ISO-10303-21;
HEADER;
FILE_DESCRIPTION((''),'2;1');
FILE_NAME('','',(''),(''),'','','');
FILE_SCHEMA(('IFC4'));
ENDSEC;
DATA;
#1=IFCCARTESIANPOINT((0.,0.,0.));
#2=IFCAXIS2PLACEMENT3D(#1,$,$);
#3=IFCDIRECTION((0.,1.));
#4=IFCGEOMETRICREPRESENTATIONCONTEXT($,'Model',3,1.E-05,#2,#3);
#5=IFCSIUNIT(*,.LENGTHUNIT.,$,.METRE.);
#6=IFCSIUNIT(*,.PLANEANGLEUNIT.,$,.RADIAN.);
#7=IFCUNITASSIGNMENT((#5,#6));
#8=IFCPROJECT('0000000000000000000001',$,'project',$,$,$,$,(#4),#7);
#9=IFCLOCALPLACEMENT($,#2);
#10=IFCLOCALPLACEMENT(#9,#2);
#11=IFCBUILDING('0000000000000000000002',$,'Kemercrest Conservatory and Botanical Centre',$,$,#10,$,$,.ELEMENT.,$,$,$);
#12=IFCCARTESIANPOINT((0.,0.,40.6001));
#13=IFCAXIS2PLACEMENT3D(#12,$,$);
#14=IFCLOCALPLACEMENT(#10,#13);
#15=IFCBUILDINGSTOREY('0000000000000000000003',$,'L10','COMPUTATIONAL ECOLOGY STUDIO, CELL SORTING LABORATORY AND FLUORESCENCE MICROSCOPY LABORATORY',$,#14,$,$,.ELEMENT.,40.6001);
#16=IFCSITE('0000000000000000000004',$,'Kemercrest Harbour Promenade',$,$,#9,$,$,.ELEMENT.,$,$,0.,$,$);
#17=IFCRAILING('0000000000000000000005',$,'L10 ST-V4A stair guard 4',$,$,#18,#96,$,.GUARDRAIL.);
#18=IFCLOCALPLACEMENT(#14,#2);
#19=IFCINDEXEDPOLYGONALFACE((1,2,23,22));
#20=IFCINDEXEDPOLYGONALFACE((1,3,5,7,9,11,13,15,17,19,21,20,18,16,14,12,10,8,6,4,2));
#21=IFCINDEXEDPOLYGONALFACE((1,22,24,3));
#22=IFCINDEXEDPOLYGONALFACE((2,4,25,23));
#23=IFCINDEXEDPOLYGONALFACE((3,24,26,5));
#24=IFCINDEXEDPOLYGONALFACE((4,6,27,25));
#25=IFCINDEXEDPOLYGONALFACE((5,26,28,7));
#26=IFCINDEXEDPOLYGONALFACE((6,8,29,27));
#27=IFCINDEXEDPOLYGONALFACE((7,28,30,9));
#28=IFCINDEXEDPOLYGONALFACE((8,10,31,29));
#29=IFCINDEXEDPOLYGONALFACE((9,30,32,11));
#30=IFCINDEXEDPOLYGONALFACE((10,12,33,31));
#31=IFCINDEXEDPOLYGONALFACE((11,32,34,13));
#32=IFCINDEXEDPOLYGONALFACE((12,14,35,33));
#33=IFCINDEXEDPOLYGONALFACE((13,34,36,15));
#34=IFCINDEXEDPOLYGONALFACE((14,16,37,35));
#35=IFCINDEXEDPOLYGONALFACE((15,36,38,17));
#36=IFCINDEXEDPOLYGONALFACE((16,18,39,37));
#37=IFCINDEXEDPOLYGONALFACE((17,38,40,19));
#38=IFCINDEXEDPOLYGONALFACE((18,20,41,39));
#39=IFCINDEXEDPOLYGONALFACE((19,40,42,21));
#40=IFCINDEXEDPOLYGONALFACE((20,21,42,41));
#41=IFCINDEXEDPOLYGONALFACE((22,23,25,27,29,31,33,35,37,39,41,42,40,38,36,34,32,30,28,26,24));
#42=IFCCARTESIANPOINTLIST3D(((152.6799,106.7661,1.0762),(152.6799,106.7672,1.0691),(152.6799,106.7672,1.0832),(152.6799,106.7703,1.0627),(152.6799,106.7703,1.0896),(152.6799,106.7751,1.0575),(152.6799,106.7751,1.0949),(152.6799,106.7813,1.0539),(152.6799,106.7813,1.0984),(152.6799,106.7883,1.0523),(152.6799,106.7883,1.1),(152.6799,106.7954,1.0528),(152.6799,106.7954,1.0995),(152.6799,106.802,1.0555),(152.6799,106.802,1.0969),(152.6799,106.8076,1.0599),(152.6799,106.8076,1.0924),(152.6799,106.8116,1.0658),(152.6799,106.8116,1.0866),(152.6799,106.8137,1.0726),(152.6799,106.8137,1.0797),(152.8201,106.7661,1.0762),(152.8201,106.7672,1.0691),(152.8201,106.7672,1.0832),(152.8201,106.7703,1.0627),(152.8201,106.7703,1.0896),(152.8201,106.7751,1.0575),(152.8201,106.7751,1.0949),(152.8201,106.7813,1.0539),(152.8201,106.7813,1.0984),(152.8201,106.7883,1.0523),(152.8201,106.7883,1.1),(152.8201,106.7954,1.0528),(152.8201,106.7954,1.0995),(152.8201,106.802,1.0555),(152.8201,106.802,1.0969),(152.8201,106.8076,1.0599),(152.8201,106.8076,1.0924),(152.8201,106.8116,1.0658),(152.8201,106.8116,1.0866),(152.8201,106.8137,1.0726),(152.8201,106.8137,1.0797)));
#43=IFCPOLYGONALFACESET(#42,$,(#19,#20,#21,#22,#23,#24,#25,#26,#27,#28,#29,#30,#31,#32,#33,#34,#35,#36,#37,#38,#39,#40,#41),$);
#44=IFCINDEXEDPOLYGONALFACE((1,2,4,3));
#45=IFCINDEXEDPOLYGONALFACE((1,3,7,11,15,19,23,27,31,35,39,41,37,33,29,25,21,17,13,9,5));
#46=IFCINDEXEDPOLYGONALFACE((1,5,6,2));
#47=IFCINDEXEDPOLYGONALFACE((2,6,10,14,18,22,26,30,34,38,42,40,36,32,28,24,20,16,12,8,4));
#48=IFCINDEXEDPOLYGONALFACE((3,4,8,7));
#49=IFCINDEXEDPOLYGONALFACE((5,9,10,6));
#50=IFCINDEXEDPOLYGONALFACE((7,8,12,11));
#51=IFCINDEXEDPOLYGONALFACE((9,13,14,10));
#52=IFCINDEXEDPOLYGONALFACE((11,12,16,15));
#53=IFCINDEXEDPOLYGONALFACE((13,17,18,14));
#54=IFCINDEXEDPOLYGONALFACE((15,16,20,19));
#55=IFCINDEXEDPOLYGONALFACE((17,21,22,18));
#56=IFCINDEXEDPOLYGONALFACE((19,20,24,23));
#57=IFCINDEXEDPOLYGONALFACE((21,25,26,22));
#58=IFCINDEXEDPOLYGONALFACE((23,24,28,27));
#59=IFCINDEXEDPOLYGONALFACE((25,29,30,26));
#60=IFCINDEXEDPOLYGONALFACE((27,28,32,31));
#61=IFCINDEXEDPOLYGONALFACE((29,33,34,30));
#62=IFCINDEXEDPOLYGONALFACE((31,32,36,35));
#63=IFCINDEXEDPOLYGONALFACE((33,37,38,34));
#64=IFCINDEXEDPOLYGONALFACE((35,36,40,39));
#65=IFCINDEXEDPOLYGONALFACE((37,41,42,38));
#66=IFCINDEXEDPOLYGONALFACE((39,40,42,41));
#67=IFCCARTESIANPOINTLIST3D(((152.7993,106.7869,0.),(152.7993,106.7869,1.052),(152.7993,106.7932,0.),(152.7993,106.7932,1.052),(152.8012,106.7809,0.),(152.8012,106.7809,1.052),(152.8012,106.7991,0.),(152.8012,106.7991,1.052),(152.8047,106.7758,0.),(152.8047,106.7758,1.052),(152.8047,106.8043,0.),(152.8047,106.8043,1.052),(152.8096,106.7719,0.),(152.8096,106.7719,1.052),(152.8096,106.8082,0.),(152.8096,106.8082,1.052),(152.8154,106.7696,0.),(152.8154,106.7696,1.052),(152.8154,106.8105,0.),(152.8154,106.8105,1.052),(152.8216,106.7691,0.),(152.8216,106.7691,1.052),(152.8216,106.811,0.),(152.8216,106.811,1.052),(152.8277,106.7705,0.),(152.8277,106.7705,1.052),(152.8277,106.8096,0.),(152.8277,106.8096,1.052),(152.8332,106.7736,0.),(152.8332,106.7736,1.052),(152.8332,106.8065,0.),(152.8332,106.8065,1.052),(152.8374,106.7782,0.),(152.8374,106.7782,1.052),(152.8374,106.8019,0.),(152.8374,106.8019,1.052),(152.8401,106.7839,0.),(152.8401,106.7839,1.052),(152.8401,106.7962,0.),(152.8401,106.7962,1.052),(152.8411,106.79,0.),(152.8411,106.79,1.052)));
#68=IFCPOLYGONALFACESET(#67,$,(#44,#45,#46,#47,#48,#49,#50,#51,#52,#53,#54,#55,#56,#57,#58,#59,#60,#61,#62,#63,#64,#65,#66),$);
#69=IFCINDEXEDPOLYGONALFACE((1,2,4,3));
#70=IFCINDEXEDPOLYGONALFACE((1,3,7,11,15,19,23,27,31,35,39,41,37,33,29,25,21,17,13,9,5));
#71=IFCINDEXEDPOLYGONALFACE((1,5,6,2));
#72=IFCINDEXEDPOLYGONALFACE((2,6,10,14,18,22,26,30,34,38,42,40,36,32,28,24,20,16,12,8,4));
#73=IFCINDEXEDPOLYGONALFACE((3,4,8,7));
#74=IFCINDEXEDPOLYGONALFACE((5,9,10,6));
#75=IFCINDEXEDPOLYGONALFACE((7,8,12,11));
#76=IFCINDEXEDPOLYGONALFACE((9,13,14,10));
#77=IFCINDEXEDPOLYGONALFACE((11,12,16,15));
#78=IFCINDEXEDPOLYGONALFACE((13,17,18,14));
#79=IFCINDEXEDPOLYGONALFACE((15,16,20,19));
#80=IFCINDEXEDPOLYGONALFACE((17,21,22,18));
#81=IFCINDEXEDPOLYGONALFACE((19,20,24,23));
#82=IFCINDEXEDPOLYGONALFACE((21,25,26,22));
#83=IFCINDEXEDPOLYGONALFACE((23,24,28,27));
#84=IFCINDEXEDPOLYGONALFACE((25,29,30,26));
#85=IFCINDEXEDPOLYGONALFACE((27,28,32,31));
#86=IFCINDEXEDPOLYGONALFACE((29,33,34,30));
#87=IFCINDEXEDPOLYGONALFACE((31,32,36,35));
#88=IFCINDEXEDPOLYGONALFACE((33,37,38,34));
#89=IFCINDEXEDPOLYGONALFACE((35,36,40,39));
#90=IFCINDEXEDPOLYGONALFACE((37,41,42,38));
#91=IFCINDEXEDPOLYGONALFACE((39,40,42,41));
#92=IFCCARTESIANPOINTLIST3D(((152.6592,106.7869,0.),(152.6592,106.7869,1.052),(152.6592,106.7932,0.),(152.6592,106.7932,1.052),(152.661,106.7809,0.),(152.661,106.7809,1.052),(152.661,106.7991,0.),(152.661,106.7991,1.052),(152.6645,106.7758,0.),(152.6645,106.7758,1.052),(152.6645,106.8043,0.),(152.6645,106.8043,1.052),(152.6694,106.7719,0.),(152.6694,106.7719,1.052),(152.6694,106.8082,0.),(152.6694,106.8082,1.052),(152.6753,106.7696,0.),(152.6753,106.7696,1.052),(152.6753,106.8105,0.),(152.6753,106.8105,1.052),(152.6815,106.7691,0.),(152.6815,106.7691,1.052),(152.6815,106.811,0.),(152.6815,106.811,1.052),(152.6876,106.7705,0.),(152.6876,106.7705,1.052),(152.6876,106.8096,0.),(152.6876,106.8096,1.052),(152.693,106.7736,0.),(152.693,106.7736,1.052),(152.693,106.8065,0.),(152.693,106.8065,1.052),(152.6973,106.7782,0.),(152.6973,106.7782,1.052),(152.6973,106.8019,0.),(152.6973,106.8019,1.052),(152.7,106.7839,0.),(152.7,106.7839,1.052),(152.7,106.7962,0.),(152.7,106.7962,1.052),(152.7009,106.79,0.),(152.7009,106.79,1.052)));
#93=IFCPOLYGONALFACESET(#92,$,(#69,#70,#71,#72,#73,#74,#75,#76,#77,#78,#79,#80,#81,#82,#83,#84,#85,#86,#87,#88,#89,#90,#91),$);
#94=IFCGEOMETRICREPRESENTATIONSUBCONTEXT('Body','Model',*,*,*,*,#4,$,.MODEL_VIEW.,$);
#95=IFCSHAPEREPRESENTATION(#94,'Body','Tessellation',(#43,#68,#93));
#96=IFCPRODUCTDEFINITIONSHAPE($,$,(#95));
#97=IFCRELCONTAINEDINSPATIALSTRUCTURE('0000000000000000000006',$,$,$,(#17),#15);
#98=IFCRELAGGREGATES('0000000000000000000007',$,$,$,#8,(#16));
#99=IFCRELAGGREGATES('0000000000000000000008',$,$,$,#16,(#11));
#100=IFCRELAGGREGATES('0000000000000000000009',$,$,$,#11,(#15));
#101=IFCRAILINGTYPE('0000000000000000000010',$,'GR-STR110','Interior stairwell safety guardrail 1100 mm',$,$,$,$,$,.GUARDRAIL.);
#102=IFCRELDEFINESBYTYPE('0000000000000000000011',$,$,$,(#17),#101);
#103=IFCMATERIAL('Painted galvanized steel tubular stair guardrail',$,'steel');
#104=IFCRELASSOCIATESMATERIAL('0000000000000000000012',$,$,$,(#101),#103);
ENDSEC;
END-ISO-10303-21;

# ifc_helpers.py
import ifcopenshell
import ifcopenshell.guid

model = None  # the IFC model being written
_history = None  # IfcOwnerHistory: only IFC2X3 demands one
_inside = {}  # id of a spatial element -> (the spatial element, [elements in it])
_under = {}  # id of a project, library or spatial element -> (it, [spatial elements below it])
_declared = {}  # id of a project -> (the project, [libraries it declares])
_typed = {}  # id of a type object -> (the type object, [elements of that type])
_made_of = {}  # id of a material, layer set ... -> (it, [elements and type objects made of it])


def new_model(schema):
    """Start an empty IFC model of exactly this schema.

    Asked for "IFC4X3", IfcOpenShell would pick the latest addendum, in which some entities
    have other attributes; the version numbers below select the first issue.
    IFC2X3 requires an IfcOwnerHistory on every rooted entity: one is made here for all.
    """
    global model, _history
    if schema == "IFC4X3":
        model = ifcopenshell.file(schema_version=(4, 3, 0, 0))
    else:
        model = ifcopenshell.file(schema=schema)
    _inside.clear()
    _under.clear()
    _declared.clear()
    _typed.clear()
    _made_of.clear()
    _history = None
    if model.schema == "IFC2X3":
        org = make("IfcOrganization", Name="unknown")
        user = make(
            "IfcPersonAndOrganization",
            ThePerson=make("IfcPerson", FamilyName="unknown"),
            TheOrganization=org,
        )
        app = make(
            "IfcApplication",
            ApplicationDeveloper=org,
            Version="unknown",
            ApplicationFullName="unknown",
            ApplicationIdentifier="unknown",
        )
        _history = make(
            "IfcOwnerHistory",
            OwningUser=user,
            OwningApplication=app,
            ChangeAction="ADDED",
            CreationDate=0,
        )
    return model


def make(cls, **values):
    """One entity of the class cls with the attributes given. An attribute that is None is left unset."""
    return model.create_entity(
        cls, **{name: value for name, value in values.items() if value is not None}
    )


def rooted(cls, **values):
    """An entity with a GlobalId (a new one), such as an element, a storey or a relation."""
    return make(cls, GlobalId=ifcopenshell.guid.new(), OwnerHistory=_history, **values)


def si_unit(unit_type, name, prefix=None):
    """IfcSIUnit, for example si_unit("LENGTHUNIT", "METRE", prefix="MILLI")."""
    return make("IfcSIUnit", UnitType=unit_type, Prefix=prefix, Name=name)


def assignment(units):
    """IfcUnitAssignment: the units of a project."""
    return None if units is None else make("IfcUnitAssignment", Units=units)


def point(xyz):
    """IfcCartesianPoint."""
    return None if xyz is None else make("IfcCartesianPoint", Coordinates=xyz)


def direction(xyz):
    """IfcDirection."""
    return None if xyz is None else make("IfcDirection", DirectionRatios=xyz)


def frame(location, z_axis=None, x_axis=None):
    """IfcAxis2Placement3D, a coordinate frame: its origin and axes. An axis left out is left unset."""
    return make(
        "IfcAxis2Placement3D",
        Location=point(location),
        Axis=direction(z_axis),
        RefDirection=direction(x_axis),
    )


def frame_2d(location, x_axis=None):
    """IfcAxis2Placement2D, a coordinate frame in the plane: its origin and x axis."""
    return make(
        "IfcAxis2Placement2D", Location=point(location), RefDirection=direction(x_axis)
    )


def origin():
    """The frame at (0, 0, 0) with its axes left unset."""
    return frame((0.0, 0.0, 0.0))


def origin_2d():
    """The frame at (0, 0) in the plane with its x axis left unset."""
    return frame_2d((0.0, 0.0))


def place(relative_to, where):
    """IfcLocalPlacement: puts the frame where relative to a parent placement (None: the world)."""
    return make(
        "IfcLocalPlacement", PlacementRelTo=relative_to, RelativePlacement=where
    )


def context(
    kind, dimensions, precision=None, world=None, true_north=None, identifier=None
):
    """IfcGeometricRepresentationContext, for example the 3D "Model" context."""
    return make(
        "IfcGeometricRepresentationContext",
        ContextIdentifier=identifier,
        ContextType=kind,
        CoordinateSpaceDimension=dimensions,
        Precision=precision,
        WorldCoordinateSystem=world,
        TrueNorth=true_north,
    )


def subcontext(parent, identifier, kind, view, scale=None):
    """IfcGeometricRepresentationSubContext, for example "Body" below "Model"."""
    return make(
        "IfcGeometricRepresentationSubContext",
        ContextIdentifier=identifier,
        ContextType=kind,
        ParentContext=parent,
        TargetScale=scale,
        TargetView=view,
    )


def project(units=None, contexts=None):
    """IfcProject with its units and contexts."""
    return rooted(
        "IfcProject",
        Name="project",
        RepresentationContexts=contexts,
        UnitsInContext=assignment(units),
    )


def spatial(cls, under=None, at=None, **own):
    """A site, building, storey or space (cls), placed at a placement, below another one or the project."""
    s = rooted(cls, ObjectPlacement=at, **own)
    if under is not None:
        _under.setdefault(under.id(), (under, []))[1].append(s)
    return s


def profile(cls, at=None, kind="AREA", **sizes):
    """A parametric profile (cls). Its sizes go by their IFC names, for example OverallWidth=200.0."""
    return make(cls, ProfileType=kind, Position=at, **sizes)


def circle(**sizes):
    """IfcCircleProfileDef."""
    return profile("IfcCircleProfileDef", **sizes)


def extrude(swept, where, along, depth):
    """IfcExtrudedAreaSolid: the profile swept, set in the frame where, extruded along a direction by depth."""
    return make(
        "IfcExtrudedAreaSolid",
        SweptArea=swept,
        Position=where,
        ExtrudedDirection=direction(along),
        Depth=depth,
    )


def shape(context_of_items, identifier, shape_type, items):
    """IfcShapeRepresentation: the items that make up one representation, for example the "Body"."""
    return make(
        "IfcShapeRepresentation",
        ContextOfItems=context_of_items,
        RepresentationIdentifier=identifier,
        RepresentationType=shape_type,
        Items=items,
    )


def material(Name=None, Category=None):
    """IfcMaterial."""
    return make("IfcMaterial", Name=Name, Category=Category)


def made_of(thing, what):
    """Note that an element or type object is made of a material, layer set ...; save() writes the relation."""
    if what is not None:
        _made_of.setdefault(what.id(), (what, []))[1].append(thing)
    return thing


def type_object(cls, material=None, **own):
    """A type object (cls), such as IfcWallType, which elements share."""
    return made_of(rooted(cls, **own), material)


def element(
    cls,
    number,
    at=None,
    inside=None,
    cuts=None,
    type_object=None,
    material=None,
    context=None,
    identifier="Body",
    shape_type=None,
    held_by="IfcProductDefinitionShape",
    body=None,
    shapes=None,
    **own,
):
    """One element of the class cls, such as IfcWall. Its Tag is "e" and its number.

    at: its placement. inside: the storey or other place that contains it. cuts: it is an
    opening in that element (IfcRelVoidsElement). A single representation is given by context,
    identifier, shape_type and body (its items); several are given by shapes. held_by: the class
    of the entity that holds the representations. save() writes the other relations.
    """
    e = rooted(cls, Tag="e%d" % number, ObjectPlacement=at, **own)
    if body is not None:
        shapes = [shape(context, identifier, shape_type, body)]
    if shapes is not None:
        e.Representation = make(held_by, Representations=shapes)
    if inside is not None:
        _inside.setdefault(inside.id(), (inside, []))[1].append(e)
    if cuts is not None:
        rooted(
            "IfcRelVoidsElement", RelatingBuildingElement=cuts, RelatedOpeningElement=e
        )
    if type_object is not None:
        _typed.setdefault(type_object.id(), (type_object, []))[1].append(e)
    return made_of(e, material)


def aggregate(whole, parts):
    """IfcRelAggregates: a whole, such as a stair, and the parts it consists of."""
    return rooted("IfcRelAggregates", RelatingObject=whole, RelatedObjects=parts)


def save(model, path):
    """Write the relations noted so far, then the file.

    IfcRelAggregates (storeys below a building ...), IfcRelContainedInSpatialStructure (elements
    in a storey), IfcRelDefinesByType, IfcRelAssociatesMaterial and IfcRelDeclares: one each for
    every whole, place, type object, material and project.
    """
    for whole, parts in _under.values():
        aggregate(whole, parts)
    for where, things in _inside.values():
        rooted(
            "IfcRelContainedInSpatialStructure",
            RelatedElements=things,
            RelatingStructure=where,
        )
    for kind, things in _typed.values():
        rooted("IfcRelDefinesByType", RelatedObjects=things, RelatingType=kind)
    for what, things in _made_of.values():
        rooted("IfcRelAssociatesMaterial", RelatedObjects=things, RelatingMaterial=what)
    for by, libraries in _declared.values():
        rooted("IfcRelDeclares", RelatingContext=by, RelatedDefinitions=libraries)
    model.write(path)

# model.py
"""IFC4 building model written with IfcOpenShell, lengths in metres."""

from ifc_helpers import new_model, si_unit, direction, frame, origin, origin_2d, place, context, subcontext, project, spatial, circle, extrude, material, type_object, element, save


model = new_model("IFC4")

# Units and contexts
model_context = context("Model", 3, precision=1e-05, world=origin(), true_north=direction((0.0, 1.0)))
body_context = subcontext(model_context, "Body", "Model", "MODEL_VIEW")
ifc_project = project(units=[si_unit("LENGTHUNIT", "METRE"), si_unit("PLANEANGLEUNIT", "RADIAN")], contexts=[model_context])

# Site, building, storey
site_placement = place(None, origin())
site = spatial("IfcSite", under=ifc_project, at=site_placement, Name="Kemercrest Harbour Promenade", CompositionType="ELEMENT", RefElevation=0.0)
building_placement = place(site_placement, origin())
building = spatial("IfcBuilding", under=site, at=building_placement, Name="Kemercrest Conservatory and Botanical Centre", CompositionType="ELEMENT")
storey_placement = place(building_placement, frame((0.0, 0.0, 40.6001)))
storey = spatial("IfcBuildingStorey", under=building, at=storey_placement, Name="L10", Description="COMPUTATIONAL ECOLOGY STUDIO, CELL SORTING LABORATORY AND FLUORESCENCE MICROSCOPY LABORATORY", CompositionType="ELEMENT", Elevation=40.6001)

# Railing
ifc_material_1 = material(Name="Painted galvanized steel tubular stair guardrail", Category="steel")
railing_type_1 = type_object("IfcRailingType", Name="GR-STR110", Description="Interior stairwell safety guardrail 1100 mm", PredefinedType="GUARDRAIL", material=ifc_material_1)
railing_1_placement = place(storey_placement, frame((152.8201, 106.79, 0.0)))
element("IfcRailing", 1, at=railing_1_placement, inside=storey, type_object=railing_type_1, Name="L10 ST-V4A stair guard 4", PredefinedType="GUARDRAIL", context=body_context, shape_type="SweptSolid", body=[
    extrude(circle(Radius=0.0239, at=origin_2d()), frame((0.0, 0.0, 1.0762), z_axis=(-1.0, 0.0, 0.0), x_axis=(0.0, -1.0, 0.0)), (0.0, 0.0, 1.0), 0.1401),
    extrude(circle(Radius=0.021, at=origin_2d()), origin(), (0.0, 0.0, 1.0), 1.052),
    extrude(circle(Radius=0.021, at=origin_2d()), frame((-0.1401, 0.0, 0.0)), (0.0, 0.0, 1.0), 1.052),
])

save(model, "model.ifc")
